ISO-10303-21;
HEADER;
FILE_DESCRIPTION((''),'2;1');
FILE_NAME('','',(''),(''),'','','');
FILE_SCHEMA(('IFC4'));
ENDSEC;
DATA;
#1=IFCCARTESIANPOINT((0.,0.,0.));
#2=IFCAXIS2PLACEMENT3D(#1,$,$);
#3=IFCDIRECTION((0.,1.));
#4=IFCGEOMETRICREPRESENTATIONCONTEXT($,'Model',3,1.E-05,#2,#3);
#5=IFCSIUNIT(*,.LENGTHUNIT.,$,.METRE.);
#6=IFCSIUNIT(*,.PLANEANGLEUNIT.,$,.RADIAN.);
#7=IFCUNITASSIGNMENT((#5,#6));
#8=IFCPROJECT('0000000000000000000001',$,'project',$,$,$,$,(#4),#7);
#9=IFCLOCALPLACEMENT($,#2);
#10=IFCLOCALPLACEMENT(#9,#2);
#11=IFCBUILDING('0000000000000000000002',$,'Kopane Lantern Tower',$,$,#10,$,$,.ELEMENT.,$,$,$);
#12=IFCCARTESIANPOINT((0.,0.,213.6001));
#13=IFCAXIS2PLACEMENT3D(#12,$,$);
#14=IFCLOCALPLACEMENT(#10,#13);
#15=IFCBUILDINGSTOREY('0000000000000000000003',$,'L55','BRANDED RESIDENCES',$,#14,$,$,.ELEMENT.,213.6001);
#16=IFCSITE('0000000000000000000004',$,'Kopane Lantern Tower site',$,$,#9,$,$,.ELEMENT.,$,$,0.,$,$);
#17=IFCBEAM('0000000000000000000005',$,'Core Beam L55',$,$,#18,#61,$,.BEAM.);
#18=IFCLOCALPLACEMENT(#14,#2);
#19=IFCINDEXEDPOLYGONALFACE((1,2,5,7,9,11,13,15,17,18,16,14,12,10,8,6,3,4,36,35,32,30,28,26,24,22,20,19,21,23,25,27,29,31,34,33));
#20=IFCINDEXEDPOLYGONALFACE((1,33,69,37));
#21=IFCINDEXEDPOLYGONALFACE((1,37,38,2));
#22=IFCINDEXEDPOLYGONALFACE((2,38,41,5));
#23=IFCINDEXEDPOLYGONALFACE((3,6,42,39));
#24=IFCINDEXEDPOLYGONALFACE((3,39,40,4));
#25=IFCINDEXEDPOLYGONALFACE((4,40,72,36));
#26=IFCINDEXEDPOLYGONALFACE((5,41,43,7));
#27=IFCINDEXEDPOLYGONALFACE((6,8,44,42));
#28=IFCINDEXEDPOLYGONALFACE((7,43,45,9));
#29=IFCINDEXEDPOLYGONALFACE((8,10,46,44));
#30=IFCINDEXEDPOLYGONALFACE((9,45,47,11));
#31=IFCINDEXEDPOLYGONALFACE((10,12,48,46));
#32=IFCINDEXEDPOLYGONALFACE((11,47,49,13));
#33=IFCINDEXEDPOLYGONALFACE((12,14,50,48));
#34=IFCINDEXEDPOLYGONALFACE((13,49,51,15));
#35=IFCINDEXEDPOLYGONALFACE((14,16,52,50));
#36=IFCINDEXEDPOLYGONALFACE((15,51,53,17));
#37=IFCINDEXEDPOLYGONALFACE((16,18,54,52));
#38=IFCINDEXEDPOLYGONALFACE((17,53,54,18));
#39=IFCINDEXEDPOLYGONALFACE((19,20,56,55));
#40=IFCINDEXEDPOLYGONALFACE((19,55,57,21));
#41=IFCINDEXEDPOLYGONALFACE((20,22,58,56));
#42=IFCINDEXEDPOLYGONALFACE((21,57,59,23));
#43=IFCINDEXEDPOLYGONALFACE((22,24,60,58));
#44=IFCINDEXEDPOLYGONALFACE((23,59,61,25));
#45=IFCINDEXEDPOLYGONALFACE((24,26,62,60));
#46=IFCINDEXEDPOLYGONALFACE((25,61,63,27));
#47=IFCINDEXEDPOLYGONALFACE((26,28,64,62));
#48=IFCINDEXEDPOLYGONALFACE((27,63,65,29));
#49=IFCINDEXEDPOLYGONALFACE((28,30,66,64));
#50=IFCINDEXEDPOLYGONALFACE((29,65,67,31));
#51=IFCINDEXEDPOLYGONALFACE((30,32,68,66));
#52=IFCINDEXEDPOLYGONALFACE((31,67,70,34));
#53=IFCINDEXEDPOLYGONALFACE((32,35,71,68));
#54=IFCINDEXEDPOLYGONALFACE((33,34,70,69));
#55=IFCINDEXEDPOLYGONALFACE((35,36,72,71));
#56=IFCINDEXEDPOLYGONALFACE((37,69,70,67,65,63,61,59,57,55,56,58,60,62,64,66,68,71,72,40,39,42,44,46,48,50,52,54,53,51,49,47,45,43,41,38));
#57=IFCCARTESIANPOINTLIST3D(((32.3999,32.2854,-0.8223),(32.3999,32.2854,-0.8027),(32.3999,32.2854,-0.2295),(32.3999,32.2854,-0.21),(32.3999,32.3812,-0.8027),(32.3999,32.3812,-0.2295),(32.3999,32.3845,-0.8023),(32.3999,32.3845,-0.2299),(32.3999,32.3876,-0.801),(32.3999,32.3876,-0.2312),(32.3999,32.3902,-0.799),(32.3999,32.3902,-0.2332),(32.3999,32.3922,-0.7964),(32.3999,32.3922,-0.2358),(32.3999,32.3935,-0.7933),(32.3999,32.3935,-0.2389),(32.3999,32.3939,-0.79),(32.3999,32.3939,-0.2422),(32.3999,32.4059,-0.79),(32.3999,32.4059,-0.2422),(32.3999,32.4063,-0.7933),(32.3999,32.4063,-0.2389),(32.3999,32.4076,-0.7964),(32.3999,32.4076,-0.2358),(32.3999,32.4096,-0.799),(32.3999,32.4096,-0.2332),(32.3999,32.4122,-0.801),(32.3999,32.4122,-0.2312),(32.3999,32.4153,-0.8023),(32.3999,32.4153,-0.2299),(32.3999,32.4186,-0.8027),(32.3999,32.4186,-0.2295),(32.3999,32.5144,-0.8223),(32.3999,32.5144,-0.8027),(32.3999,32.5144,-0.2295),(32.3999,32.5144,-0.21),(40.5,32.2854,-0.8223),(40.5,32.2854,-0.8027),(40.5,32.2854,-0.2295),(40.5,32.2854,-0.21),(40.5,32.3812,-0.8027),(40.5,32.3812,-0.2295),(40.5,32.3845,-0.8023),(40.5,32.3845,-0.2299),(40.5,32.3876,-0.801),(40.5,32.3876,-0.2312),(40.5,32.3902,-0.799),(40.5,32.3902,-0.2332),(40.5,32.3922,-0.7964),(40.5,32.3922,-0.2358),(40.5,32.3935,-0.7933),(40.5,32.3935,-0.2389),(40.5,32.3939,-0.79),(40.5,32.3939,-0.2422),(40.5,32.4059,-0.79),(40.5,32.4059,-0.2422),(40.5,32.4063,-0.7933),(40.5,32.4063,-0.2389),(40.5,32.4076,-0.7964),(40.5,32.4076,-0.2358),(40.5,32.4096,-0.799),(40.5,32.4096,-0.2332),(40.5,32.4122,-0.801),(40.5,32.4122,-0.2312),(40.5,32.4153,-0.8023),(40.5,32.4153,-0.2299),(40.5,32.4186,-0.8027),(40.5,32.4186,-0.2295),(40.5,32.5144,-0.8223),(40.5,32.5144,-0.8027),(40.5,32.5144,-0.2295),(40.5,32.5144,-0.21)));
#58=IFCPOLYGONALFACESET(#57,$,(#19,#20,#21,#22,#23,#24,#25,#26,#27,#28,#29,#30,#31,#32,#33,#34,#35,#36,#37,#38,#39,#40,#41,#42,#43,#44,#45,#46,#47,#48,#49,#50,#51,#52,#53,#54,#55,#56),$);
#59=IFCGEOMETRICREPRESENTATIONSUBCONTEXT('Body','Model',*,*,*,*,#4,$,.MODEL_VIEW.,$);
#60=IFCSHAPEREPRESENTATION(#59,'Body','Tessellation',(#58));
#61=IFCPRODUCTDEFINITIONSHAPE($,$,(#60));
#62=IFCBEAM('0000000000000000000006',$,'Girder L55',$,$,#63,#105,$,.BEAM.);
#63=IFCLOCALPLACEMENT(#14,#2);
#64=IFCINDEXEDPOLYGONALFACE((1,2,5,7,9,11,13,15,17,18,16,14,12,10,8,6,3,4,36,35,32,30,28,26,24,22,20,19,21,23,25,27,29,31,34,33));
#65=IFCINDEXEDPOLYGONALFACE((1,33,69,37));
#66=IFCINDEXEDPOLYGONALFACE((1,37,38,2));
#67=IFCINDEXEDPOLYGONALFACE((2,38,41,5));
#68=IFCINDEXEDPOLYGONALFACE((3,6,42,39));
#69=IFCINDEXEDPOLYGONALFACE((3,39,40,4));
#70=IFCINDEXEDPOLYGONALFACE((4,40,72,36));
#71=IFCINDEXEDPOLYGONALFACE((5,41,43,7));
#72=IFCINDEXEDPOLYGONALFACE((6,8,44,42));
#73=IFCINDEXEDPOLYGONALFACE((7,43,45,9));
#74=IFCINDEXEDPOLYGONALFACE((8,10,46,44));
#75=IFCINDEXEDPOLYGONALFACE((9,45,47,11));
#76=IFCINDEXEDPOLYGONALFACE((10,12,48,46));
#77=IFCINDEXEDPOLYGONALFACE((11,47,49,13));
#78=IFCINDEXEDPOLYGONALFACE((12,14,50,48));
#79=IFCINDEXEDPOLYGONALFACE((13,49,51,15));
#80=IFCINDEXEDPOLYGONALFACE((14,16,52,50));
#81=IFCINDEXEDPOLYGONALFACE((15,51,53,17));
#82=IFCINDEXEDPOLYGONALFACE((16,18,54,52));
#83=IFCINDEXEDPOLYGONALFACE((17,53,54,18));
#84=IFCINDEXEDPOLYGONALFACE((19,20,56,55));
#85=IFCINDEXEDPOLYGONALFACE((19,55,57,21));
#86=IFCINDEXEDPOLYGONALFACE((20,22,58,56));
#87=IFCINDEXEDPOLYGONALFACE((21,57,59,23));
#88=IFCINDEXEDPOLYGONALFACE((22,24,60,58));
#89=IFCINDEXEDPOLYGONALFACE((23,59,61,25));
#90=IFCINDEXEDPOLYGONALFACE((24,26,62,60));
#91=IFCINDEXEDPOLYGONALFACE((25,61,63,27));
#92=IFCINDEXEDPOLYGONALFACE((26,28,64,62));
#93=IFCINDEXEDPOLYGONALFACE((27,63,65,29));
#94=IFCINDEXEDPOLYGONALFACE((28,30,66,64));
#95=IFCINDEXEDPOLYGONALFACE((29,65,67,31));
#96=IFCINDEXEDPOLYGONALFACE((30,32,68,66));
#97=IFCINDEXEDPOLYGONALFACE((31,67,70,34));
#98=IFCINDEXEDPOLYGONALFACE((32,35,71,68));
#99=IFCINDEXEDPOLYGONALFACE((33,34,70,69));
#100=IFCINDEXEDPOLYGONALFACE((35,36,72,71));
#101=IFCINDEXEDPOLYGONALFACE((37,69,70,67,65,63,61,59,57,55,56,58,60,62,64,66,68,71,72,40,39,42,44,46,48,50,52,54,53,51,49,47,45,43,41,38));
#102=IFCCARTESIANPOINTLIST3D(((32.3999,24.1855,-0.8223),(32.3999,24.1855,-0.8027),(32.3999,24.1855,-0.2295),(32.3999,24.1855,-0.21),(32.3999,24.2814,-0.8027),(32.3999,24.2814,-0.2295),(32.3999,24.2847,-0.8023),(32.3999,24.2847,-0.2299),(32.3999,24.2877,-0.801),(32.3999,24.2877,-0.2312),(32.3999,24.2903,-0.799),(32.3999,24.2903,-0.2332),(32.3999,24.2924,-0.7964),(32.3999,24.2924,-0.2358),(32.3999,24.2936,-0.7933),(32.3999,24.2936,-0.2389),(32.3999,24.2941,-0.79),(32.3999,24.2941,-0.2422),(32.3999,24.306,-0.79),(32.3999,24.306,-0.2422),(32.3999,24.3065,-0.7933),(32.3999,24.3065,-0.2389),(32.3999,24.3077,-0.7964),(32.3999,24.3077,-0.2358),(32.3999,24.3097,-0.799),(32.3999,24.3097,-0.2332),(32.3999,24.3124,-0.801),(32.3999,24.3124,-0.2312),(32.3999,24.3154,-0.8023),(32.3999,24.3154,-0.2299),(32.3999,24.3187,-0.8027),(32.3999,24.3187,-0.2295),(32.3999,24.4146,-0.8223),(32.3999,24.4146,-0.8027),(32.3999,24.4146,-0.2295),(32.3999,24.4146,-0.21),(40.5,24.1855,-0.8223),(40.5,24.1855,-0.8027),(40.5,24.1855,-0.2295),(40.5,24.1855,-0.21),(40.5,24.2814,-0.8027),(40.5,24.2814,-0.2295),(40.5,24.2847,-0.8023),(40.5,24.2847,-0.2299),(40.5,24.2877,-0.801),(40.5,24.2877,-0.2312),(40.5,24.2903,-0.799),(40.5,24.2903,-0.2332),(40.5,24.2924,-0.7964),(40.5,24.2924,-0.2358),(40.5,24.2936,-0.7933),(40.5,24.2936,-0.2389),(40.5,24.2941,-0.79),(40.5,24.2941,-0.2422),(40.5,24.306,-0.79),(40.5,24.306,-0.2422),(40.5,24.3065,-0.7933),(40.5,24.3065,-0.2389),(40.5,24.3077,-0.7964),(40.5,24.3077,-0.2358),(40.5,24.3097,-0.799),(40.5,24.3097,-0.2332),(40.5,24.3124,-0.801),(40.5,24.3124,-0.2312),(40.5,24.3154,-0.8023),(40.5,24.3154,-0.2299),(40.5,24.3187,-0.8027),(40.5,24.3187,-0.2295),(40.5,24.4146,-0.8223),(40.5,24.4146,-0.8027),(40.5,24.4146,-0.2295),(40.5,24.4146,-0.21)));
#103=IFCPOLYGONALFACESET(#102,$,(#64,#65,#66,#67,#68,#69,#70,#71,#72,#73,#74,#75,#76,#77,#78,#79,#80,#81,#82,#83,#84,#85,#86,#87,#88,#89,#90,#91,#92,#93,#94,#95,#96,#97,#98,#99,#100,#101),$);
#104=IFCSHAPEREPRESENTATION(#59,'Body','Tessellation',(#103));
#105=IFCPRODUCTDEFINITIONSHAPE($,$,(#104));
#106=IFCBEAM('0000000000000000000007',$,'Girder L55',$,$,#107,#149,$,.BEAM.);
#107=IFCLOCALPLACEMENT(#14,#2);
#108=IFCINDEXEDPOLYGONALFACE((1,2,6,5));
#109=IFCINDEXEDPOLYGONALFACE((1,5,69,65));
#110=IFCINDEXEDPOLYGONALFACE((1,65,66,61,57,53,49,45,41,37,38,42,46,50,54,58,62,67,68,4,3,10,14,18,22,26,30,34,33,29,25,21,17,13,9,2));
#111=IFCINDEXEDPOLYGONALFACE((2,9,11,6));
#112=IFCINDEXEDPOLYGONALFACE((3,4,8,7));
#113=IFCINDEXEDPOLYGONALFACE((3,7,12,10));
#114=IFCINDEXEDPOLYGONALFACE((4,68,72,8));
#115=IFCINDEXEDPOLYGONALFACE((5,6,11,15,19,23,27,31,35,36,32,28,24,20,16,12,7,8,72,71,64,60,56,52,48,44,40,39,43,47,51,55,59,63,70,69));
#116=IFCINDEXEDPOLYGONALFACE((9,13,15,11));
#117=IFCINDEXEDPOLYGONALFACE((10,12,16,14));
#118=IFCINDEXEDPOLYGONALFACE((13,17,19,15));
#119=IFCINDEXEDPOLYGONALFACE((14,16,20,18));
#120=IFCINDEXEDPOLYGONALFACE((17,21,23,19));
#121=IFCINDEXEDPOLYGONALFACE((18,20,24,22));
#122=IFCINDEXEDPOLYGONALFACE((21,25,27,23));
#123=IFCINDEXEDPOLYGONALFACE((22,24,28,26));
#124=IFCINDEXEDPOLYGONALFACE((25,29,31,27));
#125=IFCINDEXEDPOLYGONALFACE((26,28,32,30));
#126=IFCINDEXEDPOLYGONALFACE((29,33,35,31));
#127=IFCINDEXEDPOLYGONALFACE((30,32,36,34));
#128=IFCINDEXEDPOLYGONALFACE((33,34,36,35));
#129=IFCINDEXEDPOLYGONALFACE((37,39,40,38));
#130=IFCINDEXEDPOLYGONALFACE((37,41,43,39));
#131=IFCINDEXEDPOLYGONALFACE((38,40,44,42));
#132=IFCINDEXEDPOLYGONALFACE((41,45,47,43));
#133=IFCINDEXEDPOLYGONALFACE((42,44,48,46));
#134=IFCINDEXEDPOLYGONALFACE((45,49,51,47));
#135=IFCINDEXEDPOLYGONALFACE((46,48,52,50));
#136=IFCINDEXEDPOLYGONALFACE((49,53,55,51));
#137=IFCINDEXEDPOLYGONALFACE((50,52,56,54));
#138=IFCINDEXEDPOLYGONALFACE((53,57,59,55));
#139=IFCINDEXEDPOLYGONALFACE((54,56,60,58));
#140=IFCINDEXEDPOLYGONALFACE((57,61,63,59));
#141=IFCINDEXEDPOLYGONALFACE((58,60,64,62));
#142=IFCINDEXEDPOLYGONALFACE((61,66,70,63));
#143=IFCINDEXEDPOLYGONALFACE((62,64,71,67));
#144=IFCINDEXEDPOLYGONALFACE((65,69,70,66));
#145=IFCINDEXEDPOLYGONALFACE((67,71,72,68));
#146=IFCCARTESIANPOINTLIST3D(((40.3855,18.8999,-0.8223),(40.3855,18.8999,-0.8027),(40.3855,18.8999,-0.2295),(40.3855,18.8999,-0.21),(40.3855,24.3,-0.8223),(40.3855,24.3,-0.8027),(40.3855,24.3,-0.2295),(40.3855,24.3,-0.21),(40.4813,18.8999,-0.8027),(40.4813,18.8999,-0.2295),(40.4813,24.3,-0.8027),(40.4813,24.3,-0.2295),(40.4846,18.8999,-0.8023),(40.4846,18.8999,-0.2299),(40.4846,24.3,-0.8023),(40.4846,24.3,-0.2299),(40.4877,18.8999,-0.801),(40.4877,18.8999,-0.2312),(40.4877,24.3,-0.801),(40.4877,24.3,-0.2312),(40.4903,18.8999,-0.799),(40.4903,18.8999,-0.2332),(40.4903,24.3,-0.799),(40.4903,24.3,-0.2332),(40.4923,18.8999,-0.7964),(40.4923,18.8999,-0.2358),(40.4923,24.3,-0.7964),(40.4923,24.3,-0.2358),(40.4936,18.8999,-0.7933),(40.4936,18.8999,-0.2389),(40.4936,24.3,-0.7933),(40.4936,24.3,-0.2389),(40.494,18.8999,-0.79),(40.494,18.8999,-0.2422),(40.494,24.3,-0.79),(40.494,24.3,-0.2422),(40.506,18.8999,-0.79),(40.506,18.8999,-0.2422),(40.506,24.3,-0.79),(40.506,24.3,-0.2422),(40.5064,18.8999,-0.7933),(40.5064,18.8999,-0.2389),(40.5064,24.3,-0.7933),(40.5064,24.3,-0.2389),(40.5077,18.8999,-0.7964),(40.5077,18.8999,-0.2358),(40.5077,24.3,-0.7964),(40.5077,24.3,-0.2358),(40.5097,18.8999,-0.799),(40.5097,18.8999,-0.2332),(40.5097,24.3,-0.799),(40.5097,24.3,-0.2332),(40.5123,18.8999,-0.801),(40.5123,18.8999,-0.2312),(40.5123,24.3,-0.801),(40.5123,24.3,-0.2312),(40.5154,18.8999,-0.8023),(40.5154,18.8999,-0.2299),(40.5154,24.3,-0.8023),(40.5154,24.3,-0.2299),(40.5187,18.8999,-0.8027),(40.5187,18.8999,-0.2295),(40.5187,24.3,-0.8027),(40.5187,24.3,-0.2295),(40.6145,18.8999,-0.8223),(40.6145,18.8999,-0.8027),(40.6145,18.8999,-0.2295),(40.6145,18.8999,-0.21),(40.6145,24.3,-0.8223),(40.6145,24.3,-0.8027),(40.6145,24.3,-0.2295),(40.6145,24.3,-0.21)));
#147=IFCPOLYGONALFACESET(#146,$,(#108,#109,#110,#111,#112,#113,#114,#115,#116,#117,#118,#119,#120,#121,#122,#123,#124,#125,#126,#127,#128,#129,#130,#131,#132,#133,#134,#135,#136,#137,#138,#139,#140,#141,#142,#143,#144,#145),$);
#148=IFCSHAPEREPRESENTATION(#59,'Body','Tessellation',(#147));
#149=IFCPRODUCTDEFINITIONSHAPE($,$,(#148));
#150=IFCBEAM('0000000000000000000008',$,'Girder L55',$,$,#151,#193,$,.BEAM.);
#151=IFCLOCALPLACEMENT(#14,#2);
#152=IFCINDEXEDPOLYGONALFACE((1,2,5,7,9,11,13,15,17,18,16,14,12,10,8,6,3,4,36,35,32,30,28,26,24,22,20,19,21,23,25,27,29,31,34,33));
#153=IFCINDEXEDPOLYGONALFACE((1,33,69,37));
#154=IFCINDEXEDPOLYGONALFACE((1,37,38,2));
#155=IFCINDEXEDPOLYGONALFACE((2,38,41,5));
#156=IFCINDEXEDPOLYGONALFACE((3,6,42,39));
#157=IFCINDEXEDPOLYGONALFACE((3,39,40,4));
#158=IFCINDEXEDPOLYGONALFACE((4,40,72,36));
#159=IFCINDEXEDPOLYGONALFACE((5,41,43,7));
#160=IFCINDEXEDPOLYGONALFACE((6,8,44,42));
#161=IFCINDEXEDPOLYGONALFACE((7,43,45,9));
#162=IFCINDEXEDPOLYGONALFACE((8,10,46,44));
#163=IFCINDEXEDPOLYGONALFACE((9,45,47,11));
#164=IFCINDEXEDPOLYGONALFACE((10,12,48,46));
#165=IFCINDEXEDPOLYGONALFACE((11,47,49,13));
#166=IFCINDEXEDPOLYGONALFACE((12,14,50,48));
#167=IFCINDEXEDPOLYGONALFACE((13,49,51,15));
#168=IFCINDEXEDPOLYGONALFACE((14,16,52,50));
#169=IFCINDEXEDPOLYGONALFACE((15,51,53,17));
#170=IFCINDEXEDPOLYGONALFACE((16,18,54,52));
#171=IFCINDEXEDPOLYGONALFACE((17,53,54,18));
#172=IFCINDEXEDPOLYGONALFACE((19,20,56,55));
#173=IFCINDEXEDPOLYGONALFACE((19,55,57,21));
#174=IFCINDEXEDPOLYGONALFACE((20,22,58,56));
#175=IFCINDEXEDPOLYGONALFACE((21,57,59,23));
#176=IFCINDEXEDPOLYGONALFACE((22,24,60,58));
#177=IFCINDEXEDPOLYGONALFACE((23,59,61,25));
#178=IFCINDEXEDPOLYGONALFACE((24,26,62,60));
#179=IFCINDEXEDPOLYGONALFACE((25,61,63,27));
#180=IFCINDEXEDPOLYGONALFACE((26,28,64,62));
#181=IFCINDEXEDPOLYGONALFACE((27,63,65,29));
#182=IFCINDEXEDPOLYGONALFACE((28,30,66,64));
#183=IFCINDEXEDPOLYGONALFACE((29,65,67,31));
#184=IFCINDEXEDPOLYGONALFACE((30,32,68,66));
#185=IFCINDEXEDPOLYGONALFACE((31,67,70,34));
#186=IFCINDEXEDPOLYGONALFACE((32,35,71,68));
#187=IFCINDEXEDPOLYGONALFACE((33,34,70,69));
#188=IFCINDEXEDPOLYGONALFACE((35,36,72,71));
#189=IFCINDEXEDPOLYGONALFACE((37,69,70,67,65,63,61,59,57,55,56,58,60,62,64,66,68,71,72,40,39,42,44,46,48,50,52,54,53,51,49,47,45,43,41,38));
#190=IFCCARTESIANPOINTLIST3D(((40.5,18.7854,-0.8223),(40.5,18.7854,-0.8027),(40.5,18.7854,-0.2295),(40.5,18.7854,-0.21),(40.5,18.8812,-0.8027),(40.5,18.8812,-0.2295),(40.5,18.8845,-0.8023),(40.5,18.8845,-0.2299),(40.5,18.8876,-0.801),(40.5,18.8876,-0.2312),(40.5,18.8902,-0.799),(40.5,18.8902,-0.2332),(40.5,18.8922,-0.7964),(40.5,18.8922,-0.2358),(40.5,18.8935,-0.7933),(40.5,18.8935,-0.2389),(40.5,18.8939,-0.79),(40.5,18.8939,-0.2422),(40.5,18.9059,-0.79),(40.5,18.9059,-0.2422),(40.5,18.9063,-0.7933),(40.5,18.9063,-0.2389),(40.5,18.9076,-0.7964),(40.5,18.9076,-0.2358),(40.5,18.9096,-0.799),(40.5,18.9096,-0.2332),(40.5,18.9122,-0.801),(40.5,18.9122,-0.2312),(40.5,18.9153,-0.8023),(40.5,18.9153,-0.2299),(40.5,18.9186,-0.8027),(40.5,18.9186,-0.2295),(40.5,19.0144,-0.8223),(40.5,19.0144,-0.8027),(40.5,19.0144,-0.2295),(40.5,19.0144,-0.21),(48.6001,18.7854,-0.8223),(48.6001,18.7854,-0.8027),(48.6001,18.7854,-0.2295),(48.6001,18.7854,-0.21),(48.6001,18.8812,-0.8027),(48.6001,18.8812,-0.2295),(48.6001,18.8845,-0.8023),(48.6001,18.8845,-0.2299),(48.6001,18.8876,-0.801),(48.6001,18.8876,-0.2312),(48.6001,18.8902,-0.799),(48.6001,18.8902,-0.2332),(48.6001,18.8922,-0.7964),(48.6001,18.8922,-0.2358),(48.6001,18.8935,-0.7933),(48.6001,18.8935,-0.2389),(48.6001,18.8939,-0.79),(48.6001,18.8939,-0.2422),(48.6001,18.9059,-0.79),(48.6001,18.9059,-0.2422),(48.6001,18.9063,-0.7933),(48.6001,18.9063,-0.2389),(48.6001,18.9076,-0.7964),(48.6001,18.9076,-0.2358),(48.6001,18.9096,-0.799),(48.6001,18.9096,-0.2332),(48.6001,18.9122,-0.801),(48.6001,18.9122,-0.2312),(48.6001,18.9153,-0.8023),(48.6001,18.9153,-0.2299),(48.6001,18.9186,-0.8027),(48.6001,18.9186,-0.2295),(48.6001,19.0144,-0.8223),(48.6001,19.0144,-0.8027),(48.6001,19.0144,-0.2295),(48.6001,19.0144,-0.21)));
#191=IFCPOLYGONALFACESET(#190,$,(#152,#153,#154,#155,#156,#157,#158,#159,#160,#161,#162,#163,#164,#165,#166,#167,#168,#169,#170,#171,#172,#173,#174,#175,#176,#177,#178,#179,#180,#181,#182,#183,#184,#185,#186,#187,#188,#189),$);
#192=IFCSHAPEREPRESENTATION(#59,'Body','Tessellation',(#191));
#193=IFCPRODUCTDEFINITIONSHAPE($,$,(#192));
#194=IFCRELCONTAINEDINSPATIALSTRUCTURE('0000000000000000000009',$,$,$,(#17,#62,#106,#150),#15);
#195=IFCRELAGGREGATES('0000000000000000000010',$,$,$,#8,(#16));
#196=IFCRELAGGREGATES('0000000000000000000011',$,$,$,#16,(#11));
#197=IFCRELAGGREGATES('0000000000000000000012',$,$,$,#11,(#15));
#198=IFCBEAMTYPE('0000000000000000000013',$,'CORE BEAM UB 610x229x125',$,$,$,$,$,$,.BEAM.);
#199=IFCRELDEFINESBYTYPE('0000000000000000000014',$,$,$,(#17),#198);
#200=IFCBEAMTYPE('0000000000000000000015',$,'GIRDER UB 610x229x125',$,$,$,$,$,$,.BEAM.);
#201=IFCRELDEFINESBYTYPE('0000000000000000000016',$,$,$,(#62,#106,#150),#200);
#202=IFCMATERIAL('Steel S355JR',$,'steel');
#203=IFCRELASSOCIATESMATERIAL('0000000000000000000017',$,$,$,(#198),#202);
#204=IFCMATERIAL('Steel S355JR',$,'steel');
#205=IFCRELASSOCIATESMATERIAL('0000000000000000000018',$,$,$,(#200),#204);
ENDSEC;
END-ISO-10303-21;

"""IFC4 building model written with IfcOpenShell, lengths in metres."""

from ifc_helpers import new_model, si_unit, direction, frame, origin, origin_2d, place, context, subcontext, project, spatial, i_section, extrude, material, material_profile, profile_set, type_object, element, save


model = new_model("IFC4")

# Units and contexts
model_context = context("Model", 3, precision=1e-05, world=origin(), true_north=direction((0.0, 1.0)))
body_context = subcontext(model_context, "Body", "Model", "MODEL_VIEW")
ifc_project = project(units=[si_unit("LENGTHUNIT", "METRE"), si_unit("PLANEANGLEUNIT", "RADIAN")], contexts=[model_context])

# Site, building, storey
site_placement = place(None, origin())
site = spatial("IfcSite", under=ifc_project, at=site_placement, Name="Kopane Lantern Tower site", CompositionType="ELEMENT", RefElevation=0.0)
building_placement = place(site_placement, origin())
building = spatial("IfcBuilding", under=site, at=building_placement, Name="Kopane Lantern Tower", CompositionType="ELEMENT")
storey_placement = place(building_placement, frame((0.0, 0.0, 213.6001)))
storey = spatial("IfcBuildingStorey", under=building, at=storey_placement, Name="L55", Description="BRANDED RESIDENCES", CompositionType="ELEMENT", Elevation=213.6001)

# Beams
ifc_material_1 = material(Name="Steel S355JR", Category="steel")
ifc_material_profile_1 = material_profile(ifc_material_1, i_section(OverallWidth=0.229, OverallDepth=0.6123, WebThickness=0.012, FlangeThickness=0.0195, FilletRadius=0.0127, at=origin_2d()), Name="UB 610x229x125")
ifc_profile_set_1 = profile_set([ifc_material_profile_1], Name="Steel S355JR")
beam_type_1 = type_object("IfcBeamType", Name="CORE BEAM UB 610x229x125", PredefinedType="BEAM", material=ifc_profile_set_1)
for number, where, z_axis, x_axis, name in (
    (1, (32.3999, 32.3999, -0.5161), (1.0, 0.0, 0.0), (0.0, 1.0, 0.0), "Core Beam L55"),
):
    element("IfcBeam", number, at=place(storey_placement, frame(where, z_axis=z_axis, x_axis=x_axis)), inside=storey, type_object=beam_type_1, Name=name, PredefinedType="BEAM", context=body_context, shape_type="SweptSolid", body=[
        extrude(i_section(OverallWidth=0.229, OverallDepth=0.6123, WebThickness=0.012, FlangeThickness=0.0195, FilletRadius=0.0127, at=origin_2d()), origin(), (0.0, 0.0, 1.0), 8.1001),
    ])
ifc_material_2 = material(Name="Steel S355JR", Category="steel")
ifc_material_profile_2 = material_profile(ifc_material_2, i_section(OverallWidth=0.229, OverallDepth=0.6123, WebThickness=0.012, FlangeThickness=0.0195, FilletRadius=0.0127, at=origin_2d()), Name="UB 610x229x125")
ifc_profile_set_2 = profile_set([ifc_material_profile_2], Name="Steel S355JR")
beam_type_2 = type_object("IfcBeamType", Name="GIRDER UB 610x229x125", PredefinedType="BEAM", material=ifc_profile_set_2)
beam_1_placement = place(storey_placement, frame((32.3999, 24.3, -0.5161), z_axis=(1.0, 0.0, 0.0), x_axis=(0.0, 1.0, 0.0)))
element("IfcBeam", 2, at=beam_1_placement, inside=storey, type_object=beam_type_2, Name="Girder L55", PredefinedType="BEAM", context=body_context, shape_type="SweptSolid", body=[
    extrude(i_section(OverallWidth=0.229, OverallDepth=0.6123, WebThickness=0.012, FlangeThickness=0.0195, FilletRadius=0.0127, at=origin_2d()), origin(), (0.0, 0.0, 1.0), 8.1001),
])
beam_2_placement = place(storey_placement, frame((40.5, 18.8999, -0.5161), z_axis=(0.0, 1.0, 0.0), x_axis=(-1.0, 0.0, 0.0)))
element("IfcBeam", 3, at=beam_2_placement, inside=storey, type_object=beam_type_2, Name="Girder L55", PredefinedType="BEAM", context=body_context, shape_type="SweptSolid", body=[
    extrude(i_section(OverallWidth=0.229, OverallDepth=0.6123, WebThickness=0.012, FlangeThickness=0.0195, FilletRadius=0.0127, at=origin_2d()), origin(), (0.0, 0.0, 1.0), 5.4001),
])
beam_3_placement = place(storey_placement, frame((40.5, 18.8999, -0.5161), z_axis=(1.0, 0.0, 0.0), x_axis=(0.0, 1.0, 0.0)))
element("IfcBeam", 4, at=beam_3_placement, inside=storey, type_object=beam_type_2, Name="Girder L55", PredefinedType="BEAM", context=body_context, shape_type="SweptSolid", body=[
    extrude(i_section(OverallWidth=0.229, OverallDepth=0.6123, WebThickness=0.012, FlangeThickness=0.0195, FilletRadius=0.0127, at=origin_2d()), origin(), (0.0, 0.0, 1.0), 8.1001),
])

save(model, "model.ifc")
